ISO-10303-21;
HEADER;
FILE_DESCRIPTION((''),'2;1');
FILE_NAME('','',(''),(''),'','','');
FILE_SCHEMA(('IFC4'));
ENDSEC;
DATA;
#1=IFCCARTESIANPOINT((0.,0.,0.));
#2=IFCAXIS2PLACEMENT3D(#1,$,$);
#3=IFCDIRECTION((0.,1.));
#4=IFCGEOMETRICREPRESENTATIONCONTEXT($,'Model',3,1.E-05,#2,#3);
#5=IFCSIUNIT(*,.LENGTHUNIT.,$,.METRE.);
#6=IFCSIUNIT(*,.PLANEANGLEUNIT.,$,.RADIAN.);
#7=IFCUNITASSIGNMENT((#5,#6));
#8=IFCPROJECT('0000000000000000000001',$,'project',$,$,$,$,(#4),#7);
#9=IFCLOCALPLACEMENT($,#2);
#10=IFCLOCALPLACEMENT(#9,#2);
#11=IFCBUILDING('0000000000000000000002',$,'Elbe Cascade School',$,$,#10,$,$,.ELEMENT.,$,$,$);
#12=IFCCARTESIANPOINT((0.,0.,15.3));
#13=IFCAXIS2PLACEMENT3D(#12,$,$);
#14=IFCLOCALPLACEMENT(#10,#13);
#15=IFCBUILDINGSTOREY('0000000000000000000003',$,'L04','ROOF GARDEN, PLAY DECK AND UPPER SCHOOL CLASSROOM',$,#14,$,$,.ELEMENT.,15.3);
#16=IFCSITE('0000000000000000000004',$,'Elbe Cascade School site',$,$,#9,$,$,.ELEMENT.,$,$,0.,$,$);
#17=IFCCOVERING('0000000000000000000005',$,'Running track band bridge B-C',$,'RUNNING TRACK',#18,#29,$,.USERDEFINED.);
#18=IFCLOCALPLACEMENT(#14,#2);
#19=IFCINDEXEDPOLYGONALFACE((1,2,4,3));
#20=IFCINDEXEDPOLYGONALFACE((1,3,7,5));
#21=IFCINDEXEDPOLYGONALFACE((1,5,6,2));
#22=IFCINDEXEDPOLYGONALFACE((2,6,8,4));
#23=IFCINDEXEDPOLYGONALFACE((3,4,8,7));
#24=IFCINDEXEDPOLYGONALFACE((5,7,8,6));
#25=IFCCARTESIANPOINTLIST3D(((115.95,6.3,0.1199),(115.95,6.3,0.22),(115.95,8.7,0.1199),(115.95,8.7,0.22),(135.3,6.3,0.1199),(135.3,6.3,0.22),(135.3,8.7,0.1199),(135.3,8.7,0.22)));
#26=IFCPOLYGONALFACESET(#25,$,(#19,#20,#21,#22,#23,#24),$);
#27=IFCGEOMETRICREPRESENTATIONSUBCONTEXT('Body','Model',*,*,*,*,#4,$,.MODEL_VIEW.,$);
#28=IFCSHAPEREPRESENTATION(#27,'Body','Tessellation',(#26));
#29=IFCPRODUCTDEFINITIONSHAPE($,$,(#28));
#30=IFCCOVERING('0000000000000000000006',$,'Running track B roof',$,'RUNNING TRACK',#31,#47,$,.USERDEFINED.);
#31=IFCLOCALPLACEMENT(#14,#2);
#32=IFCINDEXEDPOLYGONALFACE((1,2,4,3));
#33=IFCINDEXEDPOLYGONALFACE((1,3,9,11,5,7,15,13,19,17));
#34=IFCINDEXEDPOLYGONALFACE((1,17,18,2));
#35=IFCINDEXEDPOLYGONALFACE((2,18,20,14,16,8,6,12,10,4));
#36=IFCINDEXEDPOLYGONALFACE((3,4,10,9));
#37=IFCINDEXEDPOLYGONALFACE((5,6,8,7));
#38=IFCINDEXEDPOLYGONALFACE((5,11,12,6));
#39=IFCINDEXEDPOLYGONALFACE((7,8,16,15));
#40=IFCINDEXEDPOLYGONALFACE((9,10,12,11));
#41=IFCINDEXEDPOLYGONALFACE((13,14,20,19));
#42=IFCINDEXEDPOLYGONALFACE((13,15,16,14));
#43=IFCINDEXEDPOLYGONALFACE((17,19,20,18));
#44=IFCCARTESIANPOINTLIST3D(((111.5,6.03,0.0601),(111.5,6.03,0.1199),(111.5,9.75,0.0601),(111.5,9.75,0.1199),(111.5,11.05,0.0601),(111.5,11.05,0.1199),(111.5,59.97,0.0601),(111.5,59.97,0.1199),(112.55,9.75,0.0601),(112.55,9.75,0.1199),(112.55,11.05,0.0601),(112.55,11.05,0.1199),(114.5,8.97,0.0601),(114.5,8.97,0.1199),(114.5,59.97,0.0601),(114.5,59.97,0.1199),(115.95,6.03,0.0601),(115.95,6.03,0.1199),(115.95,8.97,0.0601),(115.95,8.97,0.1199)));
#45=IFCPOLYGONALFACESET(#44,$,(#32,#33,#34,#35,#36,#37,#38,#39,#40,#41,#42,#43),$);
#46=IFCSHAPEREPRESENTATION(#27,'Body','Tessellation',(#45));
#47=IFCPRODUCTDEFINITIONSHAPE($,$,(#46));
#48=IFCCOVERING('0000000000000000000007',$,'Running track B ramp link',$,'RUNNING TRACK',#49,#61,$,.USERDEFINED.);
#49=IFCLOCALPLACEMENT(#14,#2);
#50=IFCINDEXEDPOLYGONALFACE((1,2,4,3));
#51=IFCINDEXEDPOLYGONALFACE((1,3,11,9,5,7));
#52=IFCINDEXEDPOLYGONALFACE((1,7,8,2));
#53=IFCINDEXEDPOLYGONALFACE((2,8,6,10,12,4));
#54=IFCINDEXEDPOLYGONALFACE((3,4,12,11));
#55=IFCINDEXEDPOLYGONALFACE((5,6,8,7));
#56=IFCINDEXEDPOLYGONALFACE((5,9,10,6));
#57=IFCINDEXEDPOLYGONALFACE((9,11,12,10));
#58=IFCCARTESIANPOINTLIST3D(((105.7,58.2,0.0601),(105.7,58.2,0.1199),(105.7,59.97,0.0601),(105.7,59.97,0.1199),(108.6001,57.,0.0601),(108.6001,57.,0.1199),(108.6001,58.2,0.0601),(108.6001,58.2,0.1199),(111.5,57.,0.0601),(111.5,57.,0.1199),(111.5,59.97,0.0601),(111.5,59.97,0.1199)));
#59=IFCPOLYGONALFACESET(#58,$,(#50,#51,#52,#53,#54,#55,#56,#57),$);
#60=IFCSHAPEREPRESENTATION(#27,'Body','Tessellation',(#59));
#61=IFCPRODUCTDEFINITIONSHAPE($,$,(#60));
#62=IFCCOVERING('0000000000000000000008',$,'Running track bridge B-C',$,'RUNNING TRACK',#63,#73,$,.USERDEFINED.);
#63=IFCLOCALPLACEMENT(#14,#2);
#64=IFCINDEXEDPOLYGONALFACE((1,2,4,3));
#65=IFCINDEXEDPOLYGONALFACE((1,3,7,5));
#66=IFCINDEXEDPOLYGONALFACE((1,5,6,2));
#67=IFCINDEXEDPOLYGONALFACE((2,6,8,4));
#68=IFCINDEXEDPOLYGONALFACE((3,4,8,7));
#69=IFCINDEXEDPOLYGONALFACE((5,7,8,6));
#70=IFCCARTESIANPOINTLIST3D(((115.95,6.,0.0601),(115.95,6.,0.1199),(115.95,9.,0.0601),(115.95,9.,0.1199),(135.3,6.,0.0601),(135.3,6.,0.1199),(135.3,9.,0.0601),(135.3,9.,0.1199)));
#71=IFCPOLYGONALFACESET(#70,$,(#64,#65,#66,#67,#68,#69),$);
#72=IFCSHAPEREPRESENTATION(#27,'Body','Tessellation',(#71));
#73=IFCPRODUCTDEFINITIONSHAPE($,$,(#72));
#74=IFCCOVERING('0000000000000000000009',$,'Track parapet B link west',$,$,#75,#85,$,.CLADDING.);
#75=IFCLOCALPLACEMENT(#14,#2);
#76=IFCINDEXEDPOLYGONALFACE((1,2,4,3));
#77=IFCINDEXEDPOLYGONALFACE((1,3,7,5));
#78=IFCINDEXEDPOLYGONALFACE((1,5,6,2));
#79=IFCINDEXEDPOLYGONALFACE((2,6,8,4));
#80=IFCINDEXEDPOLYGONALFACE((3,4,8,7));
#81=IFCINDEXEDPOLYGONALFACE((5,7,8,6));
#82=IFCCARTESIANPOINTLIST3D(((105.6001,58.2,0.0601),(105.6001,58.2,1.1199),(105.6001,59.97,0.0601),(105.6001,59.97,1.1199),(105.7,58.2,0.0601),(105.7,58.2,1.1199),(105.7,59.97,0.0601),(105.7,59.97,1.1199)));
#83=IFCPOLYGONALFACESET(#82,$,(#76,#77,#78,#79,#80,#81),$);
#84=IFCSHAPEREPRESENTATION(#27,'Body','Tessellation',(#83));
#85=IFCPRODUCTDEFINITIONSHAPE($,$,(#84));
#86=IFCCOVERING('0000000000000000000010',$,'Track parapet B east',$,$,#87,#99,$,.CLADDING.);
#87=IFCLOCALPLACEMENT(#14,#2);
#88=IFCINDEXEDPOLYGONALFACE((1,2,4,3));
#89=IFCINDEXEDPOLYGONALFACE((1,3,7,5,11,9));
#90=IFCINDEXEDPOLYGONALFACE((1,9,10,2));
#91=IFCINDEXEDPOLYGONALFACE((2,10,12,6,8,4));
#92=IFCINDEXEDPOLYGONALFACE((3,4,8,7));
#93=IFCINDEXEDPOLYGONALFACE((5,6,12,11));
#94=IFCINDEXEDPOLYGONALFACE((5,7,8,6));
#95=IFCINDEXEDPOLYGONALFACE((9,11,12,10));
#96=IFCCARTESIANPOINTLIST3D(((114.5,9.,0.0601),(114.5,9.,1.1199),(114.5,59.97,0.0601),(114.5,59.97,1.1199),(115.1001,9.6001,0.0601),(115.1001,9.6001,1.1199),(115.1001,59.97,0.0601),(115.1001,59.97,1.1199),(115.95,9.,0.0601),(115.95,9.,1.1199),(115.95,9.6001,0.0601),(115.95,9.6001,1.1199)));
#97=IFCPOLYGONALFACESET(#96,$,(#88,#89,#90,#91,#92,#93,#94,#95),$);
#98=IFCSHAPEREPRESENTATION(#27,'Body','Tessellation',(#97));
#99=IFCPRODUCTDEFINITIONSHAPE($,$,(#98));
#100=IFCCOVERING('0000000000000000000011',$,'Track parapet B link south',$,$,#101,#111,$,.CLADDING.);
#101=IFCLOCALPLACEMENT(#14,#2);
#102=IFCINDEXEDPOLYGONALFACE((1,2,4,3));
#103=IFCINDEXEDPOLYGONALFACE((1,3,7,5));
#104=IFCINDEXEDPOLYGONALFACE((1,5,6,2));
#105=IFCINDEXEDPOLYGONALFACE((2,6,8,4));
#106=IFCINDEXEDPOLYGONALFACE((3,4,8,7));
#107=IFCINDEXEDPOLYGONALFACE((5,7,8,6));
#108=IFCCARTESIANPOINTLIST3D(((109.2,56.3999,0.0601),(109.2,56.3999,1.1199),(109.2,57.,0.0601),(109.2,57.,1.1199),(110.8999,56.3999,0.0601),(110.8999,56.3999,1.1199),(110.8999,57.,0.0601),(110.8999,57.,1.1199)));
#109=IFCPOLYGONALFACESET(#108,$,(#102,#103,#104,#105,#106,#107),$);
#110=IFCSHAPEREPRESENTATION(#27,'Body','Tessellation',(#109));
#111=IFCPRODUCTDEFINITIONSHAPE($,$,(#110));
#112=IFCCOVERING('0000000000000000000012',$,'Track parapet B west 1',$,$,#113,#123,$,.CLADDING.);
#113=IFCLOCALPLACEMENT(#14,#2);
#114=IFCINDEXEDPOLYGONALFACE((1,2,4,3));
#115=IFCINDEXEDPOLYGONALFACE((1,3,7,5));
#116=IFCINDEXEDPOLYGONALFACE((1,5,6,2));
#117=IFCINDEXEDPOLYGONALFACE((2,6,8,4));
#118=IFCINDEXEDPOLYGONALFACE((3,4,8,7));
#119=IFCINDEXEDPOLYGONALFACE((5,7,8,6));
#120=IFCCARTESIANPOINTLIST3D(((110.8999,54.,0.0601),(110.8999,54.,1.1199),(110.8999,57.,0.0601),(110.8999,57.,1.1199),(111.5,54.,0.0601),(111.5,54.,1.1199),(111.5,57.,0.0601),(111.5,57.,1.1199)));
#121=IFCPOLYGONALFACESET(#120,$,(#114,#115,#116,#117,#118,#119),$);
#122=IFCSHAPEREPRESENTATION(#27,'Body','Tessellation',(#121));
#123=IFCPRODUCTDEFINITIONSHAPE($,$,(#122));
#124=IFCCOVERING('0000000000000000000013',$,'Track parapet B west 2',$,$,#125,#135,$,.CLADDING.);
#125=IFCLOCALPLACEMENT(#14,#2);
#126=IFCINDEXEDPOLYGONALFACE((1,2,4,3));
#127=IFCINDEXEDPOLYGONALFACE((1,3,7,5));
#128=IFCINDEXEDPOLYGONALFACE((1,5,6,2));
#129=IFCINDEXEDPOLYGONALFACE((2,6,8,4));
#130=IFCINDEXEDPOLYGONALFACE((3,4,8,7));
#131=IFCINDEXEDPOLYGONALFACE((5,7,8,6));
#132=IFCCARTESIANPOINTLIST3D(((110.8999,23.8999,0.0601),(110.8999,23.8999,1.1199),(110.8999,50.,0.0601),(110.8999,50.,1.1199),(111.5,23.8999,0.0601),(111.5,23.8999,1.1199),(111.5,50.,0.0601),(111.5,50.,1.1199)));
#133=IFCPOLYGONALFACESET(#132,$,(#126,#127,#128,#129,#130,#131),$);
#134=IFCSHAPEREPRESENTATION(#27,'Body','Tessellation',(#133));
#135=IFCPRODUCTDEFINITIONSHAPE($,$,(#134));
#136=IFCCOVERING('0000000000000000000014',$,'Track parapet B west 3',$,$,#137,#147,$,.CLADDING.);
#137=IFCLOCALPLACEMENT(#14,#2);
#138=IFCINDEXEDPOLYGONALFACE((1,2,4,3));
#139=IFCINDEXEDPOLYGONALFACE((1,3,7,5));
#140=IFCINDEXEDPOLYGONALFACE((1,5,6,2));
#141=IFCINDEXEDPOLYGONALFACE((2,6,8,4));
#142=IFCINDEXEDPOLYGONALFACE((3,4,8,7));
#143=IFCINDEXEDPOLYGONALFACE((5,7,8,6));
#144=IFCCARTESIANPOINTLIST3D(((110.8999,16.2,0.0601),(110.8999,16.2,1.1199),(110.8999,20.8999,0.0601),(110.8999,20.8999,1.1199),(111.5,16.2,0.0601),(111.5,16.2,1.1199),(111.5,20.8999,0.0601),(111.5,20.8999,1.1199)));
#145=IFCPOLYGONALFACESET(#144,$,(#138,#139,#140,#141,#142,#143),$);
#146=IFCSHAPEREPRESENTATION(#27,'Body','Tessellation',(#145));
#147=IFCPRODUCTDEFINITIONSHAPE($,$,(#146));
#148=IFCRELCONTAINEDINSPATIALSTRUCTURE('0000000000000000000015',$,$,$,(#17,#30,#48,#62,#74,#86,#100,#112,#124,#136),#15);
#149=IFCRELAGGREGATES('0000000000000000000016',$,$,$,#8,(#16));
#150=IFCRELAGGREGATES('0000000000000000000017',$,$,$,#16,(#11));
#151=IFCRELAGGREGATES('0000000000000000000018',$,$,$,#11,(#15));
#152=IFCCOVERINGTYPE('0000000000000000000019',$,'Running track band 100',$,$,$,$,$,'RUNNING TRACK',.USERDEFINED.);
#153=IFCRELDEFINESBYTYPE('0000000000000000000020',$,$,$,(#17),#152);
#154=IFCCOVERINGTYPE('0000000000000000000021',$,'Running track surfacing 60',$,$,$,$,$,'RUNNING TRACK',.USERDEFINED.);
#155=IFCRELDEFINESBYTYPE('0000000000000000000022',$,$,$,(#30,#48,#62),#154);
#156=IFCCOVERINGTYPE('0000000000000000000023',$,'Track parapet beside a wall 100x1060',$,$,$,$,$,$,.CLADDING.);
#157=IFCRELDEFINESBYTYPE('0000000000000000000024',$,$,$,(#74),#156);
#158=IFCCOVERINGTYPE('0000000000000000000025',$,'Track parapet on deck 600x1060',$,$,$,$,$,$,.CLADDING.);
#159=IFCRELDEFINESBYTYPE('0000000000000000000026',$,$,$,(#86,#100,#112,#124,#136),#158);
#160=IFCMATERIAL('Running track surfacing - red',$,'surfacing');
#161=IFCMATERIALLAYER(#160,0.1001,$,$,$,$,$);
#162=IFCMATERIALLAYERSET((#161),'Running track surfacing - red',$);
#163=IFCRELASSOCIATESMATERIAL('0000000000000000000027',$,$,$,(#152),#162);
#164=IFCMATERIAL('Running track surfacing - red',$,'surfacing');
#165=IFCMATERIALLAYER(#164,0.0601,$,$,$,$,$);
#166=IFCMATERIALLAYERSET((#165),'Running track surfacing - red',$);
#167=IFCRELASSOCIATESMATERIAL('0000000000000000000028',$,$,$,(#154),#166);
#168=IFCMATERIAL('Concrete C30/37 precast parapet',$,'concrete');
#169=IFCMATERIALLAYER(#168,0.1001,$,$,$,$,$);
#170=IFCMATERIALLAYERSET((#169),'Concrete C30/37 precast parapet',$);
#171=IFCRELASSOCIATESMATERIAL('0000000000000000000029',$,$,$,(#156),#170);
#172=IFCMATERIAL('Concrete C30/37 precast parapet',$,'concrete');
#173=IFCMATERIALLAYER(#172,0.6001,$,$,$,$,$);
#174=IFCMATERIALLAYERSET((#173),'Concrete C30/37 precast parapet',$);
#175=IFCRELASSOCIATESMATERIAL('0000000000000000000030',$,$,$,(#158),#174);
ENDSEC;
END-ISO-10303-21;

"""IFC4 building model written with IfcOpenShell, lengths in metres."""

from ifc_helpers import new_model, si_unit, direction, frame, origin, place, context, subcontext, project, spatial, polyline, outline, extrude, material, layer, layer_set, type_object, element, save


model = new_model("IFC4")

# Units and contexts
model_context = context("Model", 3, precision=1e-05, world=origin(), true_north=direction((0.0, 1.0)))
body_context = subcontext(model_context, "Body", "Model", "MODEL_VIEW")
ifc_project = project(units=[si_unit("LENGTHUNIT", "METRE"), si_unit("PLANEANGLEUNIT", "RADIAN")], contexts=[model_context])

# Site, building, storey
site_placement = place(None, origin())
site = spatial("IfcSite", under=ifc_project, at=site_placement, Name="Elbe Cascade School site", CompositionType="ELEMENT", RefElevation=0.0)
building_placement = place(site_placement, origin())
building = spatial("IfcBuilding", under=site, at=building_placement, Name="Elbe Cascade School", CompositionType="ELEMENT")
storey_placement = place(building_placement, frame((0.0, 0.0, 15.3)))
storey = spatial("IfcBuildingStorey", under=building, at=storey_placement, Name="L04", Description="ROOF GARDEN, PLAY DECK AND UPPER SCHOOL CLASSROOM", CompositionType="ELEMENT", Elevation=15.3)

# Coverings
ifc_material_1 = material(Name="Running track surfacing - red", Category="surfacing")
ifc_layer_1 = layer(ifc_material_1, 0.1001)
ifc_layer_set_1 = layer_set([ifc_layer_1], Name="Running track surfacing - red")
covering_type_1 = type_object("IfcCoveringType", Name="Running track band 100", ElementType="RUNNING TRACK", PredefinedType="USERDEFINED", material=ifc_layer_set_1)
covering_1_placement = place(storey_placement, frame((0.0, 0.0, 0.1199)))
element("IfcCovering", 1, at=covering_1_placement, inside=storey, type_object=covering_type_1, Name="Running track band bridge B-C", ObjectType="RUNNING TRACK", PredefinedType="USERDEFINED", context=body_context, shape_type="SweptSolid", body=[
    extrude(outline(polyline([(135.3, 6.3), (135.3, 8.7), (115.95, 8.7), (115.95, 6.3), (135.3, 6.3)])), origin(), (0.0, 0.0, 1.0), 0.1001),
])
ifc_material_2 = material(Name="Running track surfacing - red", Category="surfacing")
ifc_layer_2 = layer(ifc_material_2, 0.0601)
ifc_layer_set_2 = layer_set([ifc_layer_2], Name="Running track surfacing - red")
covering_type_2 = type_object("IfcCoveringType", Name="Running track surfacing 60", ElementType="RUNNING TRACK", PredefinedType="USERDEFINED", material=ifc_layer_set_2)
covering_2_placement = place(storey_placement, frame((0.0, 0.0, 0.0601)))
element("IfcCovering", 2, at=covering_2_placement, inside=storey, type_object=covering_type_2, Name="Running track B roof", ObjectType="RUNNING TRACK", PredefinedType="USERDEFINED", context=body_context, shape_type="SweptSolid", body=[
    extrude(outline(polyline([(111.5, 59.97), (114.5, 59.97), (114.5, 8.97), (115.95, 8.97), (115.95, 6.03), (111.5, 6.03), (111.5, 9.75), (112.55, 9.75), (112.55, 11.05), (111.5, 11.05), (111.5, 59.97)])), origin(), (0.0, 0.0, 1.0), 0.0598),
])
covering_3_placement = place(storey_placement, frame((0.0, 0.0, 0.0601)))
element("IfcCovering", 3, at=covering_3_placement, inside=storey, type_object=covering_type_2, Name="Running track B ramp link", ObjectType="RUNNING TRACK", PredefinedType="USERDEFINED", context=body_context, shape_type="SweptSolid", body=[
    extrude(outline(polyline([(105.7, 58.2), (108.6001, 58.2), (108.6001, 57.0), (111.5, 57.0), (111.5, 59.97), (105.7, 59.97), (105.7, 58.2)])), origin(), (0.0, 0.0, 1.0), 0.0598),
])
covering_4_placement = place(storey_placement, frame((0.0, 0.0, 0.0601)))
element("IfcCovering", 4, at=covering_4_placement, inside=storey, type_object=covering_type_2, Name="Running track bridge B-C", ObjectType="RUNNING TRACK", PredefinedType="USERDEFINED", context=body_context, shape_type="SweptSolid", body=[
    extrude(outline(polyline([(115.95, 6.0), (135.3, 6.0), (135.3, 9.0), (115.95, 9.0), (115.95, 6.0)])), origin(), (0.0, 0.0, 1.0), 0.0598),
])
ifc_material_3 = material(Name="Concrete C30/37 precast parapet", Category="concrete")
ifc_layer_3 = layer(ifc_material_3, 0.1001)
ifc_layer_set_3 = layer_set([ifc_layer_3], Name="Concrete C30/37 precast parapet")
covering_type_3 = type_object("IfcCoveringType", Name="Track parapet beside a wall 100x1060", PredefinedType="CLADDING", material=ifc_layer_set_3)
covering_5_placement = place(storey_placement, frame((0.0, 0.0, 0.0601)))
element("IfcCovering", 5, at=covering_5_placement, inside=storey, type_object=covering_type_3, Name="Track parapet B link west", PredefinedType="CLADDING", context=body_context, shape_type="SweptSolid", body=[
    extrude(outline(polyline([(105.6001, 58.2), (105.7, 58.2), (105.7, 59.97), (105.6001, 59.97), (105.6001, 58.2)])), origin(), (0.0, 0.0, 1.0), 1.0598),
])
ifc_material_4 = material(Name="Concrete C30/37 precast parapet", Category="concrete")
ifc_layer_4 = layer(ifc_material_4, 0.6001)
ifc_layer_set_4 = layer_set([ifc_layer_4], Name="Concrete C30/37 precast parapet")
covering_type_4 = type_object("IfcCoveringType", Name="Track parapet on deck 600x1060", PredefinedType="CLADDING", material=ifc_layer_set_4)
covering_6_placement = place(storey_placement, frame((0.0, 0.0, 0.0601)))
element("IfcCovering", 6, at=covering_6_placement, inside=storey, type_object=covering_type_4, Name="Track parapet B east", PredefinedType="CLADDING", context=body_context, shape_type="SweptSolid", body=[
    extrude(outline(polyline([(114.5, 59.97), (115.1001, 59.97), (115.1001, 9.6001), (115.95, 9.6001), (115.95, 9.0), (114.5, 9.0), (114.5, 59.97)])), origin(), (0.0, 0.0, 1.0), 1.0598),
])
covering_7_placement = place(storey_placement, frame((0.0, 0.0, 0.0601)))
element("IfcCovering", 7, at=covering_7_placement, inside=storey, type_object=covering_type_4, Name="Track parapet B link south", PredefinedType="CLADDING", context=body_context, shape_type="SweptSolid", body=[
    extrude(outline(polyline([(109.2, 56.3999), (110.8999, 56.3999), (110.8999, 57.0), (109.2, 57.0), (109.2, 56.3999)])), origin(), (0.0, 0.0, 1.0), 1.0598),
])
covering_8_placement = place(storey_placement, frame((0.0, 0.0, 0.0601)))
element("IfcCovering", 8, at=covering_8_placement, inside=storey, type_object=covering_type_4, Name="Track parapet B west 1", PredefinedType="CLADDING", context=body_context, shape_type="SweptSolid", body=[
    extrude(outline(polyline([(110.8999, 57.0), (111.5, 57.0), (111.5, 54.0), (110.8999, 54.0), (110.8999, 57.0)])), origin(), (0.0, 0.0, 1.0), 1.0598),
])
covering_9_placement = place(storey_placement, frame((0.0, 0.0, 0.0601)))
element("IfcCovering", 9, at=covering_9_placement, inside=storey, type_object=covering_type_4, Name="Track parapet B west 2", PredefinedType="CLADDING", context=body_context, shape_type="SweptSolid", body=[
    extrude(outline(polyline([(110.8999, 50.0), (111.5, 50.0), (111.5, 23.8999), (110.8999, 23.8999), (110.8999, 50.0)])), origin(), (0.0, 0.0, 1.0), 1.0598),
])
covering_10_placement = place(storey_placement, frame((0.0, 0.0, 0.0601)))
element("IfcCovering", 10, at=covering_10_placement, inside=storey, type_object=covering_type_4, Name="Track parapet B west 3", PredefinedType="CLADDING", context=body_context, shape_type="SweptSolid", body=[
    extrude(outline(polyline([(110.8999, 20.8999), (111.5, 20.8999), (111.5, 16.2), (110.8999, 16.2), (110.8999, 20.8999)])), origin(), (0.0, 0.0, 1.0), 1.0598),
])

save(model, "model.ifc")
